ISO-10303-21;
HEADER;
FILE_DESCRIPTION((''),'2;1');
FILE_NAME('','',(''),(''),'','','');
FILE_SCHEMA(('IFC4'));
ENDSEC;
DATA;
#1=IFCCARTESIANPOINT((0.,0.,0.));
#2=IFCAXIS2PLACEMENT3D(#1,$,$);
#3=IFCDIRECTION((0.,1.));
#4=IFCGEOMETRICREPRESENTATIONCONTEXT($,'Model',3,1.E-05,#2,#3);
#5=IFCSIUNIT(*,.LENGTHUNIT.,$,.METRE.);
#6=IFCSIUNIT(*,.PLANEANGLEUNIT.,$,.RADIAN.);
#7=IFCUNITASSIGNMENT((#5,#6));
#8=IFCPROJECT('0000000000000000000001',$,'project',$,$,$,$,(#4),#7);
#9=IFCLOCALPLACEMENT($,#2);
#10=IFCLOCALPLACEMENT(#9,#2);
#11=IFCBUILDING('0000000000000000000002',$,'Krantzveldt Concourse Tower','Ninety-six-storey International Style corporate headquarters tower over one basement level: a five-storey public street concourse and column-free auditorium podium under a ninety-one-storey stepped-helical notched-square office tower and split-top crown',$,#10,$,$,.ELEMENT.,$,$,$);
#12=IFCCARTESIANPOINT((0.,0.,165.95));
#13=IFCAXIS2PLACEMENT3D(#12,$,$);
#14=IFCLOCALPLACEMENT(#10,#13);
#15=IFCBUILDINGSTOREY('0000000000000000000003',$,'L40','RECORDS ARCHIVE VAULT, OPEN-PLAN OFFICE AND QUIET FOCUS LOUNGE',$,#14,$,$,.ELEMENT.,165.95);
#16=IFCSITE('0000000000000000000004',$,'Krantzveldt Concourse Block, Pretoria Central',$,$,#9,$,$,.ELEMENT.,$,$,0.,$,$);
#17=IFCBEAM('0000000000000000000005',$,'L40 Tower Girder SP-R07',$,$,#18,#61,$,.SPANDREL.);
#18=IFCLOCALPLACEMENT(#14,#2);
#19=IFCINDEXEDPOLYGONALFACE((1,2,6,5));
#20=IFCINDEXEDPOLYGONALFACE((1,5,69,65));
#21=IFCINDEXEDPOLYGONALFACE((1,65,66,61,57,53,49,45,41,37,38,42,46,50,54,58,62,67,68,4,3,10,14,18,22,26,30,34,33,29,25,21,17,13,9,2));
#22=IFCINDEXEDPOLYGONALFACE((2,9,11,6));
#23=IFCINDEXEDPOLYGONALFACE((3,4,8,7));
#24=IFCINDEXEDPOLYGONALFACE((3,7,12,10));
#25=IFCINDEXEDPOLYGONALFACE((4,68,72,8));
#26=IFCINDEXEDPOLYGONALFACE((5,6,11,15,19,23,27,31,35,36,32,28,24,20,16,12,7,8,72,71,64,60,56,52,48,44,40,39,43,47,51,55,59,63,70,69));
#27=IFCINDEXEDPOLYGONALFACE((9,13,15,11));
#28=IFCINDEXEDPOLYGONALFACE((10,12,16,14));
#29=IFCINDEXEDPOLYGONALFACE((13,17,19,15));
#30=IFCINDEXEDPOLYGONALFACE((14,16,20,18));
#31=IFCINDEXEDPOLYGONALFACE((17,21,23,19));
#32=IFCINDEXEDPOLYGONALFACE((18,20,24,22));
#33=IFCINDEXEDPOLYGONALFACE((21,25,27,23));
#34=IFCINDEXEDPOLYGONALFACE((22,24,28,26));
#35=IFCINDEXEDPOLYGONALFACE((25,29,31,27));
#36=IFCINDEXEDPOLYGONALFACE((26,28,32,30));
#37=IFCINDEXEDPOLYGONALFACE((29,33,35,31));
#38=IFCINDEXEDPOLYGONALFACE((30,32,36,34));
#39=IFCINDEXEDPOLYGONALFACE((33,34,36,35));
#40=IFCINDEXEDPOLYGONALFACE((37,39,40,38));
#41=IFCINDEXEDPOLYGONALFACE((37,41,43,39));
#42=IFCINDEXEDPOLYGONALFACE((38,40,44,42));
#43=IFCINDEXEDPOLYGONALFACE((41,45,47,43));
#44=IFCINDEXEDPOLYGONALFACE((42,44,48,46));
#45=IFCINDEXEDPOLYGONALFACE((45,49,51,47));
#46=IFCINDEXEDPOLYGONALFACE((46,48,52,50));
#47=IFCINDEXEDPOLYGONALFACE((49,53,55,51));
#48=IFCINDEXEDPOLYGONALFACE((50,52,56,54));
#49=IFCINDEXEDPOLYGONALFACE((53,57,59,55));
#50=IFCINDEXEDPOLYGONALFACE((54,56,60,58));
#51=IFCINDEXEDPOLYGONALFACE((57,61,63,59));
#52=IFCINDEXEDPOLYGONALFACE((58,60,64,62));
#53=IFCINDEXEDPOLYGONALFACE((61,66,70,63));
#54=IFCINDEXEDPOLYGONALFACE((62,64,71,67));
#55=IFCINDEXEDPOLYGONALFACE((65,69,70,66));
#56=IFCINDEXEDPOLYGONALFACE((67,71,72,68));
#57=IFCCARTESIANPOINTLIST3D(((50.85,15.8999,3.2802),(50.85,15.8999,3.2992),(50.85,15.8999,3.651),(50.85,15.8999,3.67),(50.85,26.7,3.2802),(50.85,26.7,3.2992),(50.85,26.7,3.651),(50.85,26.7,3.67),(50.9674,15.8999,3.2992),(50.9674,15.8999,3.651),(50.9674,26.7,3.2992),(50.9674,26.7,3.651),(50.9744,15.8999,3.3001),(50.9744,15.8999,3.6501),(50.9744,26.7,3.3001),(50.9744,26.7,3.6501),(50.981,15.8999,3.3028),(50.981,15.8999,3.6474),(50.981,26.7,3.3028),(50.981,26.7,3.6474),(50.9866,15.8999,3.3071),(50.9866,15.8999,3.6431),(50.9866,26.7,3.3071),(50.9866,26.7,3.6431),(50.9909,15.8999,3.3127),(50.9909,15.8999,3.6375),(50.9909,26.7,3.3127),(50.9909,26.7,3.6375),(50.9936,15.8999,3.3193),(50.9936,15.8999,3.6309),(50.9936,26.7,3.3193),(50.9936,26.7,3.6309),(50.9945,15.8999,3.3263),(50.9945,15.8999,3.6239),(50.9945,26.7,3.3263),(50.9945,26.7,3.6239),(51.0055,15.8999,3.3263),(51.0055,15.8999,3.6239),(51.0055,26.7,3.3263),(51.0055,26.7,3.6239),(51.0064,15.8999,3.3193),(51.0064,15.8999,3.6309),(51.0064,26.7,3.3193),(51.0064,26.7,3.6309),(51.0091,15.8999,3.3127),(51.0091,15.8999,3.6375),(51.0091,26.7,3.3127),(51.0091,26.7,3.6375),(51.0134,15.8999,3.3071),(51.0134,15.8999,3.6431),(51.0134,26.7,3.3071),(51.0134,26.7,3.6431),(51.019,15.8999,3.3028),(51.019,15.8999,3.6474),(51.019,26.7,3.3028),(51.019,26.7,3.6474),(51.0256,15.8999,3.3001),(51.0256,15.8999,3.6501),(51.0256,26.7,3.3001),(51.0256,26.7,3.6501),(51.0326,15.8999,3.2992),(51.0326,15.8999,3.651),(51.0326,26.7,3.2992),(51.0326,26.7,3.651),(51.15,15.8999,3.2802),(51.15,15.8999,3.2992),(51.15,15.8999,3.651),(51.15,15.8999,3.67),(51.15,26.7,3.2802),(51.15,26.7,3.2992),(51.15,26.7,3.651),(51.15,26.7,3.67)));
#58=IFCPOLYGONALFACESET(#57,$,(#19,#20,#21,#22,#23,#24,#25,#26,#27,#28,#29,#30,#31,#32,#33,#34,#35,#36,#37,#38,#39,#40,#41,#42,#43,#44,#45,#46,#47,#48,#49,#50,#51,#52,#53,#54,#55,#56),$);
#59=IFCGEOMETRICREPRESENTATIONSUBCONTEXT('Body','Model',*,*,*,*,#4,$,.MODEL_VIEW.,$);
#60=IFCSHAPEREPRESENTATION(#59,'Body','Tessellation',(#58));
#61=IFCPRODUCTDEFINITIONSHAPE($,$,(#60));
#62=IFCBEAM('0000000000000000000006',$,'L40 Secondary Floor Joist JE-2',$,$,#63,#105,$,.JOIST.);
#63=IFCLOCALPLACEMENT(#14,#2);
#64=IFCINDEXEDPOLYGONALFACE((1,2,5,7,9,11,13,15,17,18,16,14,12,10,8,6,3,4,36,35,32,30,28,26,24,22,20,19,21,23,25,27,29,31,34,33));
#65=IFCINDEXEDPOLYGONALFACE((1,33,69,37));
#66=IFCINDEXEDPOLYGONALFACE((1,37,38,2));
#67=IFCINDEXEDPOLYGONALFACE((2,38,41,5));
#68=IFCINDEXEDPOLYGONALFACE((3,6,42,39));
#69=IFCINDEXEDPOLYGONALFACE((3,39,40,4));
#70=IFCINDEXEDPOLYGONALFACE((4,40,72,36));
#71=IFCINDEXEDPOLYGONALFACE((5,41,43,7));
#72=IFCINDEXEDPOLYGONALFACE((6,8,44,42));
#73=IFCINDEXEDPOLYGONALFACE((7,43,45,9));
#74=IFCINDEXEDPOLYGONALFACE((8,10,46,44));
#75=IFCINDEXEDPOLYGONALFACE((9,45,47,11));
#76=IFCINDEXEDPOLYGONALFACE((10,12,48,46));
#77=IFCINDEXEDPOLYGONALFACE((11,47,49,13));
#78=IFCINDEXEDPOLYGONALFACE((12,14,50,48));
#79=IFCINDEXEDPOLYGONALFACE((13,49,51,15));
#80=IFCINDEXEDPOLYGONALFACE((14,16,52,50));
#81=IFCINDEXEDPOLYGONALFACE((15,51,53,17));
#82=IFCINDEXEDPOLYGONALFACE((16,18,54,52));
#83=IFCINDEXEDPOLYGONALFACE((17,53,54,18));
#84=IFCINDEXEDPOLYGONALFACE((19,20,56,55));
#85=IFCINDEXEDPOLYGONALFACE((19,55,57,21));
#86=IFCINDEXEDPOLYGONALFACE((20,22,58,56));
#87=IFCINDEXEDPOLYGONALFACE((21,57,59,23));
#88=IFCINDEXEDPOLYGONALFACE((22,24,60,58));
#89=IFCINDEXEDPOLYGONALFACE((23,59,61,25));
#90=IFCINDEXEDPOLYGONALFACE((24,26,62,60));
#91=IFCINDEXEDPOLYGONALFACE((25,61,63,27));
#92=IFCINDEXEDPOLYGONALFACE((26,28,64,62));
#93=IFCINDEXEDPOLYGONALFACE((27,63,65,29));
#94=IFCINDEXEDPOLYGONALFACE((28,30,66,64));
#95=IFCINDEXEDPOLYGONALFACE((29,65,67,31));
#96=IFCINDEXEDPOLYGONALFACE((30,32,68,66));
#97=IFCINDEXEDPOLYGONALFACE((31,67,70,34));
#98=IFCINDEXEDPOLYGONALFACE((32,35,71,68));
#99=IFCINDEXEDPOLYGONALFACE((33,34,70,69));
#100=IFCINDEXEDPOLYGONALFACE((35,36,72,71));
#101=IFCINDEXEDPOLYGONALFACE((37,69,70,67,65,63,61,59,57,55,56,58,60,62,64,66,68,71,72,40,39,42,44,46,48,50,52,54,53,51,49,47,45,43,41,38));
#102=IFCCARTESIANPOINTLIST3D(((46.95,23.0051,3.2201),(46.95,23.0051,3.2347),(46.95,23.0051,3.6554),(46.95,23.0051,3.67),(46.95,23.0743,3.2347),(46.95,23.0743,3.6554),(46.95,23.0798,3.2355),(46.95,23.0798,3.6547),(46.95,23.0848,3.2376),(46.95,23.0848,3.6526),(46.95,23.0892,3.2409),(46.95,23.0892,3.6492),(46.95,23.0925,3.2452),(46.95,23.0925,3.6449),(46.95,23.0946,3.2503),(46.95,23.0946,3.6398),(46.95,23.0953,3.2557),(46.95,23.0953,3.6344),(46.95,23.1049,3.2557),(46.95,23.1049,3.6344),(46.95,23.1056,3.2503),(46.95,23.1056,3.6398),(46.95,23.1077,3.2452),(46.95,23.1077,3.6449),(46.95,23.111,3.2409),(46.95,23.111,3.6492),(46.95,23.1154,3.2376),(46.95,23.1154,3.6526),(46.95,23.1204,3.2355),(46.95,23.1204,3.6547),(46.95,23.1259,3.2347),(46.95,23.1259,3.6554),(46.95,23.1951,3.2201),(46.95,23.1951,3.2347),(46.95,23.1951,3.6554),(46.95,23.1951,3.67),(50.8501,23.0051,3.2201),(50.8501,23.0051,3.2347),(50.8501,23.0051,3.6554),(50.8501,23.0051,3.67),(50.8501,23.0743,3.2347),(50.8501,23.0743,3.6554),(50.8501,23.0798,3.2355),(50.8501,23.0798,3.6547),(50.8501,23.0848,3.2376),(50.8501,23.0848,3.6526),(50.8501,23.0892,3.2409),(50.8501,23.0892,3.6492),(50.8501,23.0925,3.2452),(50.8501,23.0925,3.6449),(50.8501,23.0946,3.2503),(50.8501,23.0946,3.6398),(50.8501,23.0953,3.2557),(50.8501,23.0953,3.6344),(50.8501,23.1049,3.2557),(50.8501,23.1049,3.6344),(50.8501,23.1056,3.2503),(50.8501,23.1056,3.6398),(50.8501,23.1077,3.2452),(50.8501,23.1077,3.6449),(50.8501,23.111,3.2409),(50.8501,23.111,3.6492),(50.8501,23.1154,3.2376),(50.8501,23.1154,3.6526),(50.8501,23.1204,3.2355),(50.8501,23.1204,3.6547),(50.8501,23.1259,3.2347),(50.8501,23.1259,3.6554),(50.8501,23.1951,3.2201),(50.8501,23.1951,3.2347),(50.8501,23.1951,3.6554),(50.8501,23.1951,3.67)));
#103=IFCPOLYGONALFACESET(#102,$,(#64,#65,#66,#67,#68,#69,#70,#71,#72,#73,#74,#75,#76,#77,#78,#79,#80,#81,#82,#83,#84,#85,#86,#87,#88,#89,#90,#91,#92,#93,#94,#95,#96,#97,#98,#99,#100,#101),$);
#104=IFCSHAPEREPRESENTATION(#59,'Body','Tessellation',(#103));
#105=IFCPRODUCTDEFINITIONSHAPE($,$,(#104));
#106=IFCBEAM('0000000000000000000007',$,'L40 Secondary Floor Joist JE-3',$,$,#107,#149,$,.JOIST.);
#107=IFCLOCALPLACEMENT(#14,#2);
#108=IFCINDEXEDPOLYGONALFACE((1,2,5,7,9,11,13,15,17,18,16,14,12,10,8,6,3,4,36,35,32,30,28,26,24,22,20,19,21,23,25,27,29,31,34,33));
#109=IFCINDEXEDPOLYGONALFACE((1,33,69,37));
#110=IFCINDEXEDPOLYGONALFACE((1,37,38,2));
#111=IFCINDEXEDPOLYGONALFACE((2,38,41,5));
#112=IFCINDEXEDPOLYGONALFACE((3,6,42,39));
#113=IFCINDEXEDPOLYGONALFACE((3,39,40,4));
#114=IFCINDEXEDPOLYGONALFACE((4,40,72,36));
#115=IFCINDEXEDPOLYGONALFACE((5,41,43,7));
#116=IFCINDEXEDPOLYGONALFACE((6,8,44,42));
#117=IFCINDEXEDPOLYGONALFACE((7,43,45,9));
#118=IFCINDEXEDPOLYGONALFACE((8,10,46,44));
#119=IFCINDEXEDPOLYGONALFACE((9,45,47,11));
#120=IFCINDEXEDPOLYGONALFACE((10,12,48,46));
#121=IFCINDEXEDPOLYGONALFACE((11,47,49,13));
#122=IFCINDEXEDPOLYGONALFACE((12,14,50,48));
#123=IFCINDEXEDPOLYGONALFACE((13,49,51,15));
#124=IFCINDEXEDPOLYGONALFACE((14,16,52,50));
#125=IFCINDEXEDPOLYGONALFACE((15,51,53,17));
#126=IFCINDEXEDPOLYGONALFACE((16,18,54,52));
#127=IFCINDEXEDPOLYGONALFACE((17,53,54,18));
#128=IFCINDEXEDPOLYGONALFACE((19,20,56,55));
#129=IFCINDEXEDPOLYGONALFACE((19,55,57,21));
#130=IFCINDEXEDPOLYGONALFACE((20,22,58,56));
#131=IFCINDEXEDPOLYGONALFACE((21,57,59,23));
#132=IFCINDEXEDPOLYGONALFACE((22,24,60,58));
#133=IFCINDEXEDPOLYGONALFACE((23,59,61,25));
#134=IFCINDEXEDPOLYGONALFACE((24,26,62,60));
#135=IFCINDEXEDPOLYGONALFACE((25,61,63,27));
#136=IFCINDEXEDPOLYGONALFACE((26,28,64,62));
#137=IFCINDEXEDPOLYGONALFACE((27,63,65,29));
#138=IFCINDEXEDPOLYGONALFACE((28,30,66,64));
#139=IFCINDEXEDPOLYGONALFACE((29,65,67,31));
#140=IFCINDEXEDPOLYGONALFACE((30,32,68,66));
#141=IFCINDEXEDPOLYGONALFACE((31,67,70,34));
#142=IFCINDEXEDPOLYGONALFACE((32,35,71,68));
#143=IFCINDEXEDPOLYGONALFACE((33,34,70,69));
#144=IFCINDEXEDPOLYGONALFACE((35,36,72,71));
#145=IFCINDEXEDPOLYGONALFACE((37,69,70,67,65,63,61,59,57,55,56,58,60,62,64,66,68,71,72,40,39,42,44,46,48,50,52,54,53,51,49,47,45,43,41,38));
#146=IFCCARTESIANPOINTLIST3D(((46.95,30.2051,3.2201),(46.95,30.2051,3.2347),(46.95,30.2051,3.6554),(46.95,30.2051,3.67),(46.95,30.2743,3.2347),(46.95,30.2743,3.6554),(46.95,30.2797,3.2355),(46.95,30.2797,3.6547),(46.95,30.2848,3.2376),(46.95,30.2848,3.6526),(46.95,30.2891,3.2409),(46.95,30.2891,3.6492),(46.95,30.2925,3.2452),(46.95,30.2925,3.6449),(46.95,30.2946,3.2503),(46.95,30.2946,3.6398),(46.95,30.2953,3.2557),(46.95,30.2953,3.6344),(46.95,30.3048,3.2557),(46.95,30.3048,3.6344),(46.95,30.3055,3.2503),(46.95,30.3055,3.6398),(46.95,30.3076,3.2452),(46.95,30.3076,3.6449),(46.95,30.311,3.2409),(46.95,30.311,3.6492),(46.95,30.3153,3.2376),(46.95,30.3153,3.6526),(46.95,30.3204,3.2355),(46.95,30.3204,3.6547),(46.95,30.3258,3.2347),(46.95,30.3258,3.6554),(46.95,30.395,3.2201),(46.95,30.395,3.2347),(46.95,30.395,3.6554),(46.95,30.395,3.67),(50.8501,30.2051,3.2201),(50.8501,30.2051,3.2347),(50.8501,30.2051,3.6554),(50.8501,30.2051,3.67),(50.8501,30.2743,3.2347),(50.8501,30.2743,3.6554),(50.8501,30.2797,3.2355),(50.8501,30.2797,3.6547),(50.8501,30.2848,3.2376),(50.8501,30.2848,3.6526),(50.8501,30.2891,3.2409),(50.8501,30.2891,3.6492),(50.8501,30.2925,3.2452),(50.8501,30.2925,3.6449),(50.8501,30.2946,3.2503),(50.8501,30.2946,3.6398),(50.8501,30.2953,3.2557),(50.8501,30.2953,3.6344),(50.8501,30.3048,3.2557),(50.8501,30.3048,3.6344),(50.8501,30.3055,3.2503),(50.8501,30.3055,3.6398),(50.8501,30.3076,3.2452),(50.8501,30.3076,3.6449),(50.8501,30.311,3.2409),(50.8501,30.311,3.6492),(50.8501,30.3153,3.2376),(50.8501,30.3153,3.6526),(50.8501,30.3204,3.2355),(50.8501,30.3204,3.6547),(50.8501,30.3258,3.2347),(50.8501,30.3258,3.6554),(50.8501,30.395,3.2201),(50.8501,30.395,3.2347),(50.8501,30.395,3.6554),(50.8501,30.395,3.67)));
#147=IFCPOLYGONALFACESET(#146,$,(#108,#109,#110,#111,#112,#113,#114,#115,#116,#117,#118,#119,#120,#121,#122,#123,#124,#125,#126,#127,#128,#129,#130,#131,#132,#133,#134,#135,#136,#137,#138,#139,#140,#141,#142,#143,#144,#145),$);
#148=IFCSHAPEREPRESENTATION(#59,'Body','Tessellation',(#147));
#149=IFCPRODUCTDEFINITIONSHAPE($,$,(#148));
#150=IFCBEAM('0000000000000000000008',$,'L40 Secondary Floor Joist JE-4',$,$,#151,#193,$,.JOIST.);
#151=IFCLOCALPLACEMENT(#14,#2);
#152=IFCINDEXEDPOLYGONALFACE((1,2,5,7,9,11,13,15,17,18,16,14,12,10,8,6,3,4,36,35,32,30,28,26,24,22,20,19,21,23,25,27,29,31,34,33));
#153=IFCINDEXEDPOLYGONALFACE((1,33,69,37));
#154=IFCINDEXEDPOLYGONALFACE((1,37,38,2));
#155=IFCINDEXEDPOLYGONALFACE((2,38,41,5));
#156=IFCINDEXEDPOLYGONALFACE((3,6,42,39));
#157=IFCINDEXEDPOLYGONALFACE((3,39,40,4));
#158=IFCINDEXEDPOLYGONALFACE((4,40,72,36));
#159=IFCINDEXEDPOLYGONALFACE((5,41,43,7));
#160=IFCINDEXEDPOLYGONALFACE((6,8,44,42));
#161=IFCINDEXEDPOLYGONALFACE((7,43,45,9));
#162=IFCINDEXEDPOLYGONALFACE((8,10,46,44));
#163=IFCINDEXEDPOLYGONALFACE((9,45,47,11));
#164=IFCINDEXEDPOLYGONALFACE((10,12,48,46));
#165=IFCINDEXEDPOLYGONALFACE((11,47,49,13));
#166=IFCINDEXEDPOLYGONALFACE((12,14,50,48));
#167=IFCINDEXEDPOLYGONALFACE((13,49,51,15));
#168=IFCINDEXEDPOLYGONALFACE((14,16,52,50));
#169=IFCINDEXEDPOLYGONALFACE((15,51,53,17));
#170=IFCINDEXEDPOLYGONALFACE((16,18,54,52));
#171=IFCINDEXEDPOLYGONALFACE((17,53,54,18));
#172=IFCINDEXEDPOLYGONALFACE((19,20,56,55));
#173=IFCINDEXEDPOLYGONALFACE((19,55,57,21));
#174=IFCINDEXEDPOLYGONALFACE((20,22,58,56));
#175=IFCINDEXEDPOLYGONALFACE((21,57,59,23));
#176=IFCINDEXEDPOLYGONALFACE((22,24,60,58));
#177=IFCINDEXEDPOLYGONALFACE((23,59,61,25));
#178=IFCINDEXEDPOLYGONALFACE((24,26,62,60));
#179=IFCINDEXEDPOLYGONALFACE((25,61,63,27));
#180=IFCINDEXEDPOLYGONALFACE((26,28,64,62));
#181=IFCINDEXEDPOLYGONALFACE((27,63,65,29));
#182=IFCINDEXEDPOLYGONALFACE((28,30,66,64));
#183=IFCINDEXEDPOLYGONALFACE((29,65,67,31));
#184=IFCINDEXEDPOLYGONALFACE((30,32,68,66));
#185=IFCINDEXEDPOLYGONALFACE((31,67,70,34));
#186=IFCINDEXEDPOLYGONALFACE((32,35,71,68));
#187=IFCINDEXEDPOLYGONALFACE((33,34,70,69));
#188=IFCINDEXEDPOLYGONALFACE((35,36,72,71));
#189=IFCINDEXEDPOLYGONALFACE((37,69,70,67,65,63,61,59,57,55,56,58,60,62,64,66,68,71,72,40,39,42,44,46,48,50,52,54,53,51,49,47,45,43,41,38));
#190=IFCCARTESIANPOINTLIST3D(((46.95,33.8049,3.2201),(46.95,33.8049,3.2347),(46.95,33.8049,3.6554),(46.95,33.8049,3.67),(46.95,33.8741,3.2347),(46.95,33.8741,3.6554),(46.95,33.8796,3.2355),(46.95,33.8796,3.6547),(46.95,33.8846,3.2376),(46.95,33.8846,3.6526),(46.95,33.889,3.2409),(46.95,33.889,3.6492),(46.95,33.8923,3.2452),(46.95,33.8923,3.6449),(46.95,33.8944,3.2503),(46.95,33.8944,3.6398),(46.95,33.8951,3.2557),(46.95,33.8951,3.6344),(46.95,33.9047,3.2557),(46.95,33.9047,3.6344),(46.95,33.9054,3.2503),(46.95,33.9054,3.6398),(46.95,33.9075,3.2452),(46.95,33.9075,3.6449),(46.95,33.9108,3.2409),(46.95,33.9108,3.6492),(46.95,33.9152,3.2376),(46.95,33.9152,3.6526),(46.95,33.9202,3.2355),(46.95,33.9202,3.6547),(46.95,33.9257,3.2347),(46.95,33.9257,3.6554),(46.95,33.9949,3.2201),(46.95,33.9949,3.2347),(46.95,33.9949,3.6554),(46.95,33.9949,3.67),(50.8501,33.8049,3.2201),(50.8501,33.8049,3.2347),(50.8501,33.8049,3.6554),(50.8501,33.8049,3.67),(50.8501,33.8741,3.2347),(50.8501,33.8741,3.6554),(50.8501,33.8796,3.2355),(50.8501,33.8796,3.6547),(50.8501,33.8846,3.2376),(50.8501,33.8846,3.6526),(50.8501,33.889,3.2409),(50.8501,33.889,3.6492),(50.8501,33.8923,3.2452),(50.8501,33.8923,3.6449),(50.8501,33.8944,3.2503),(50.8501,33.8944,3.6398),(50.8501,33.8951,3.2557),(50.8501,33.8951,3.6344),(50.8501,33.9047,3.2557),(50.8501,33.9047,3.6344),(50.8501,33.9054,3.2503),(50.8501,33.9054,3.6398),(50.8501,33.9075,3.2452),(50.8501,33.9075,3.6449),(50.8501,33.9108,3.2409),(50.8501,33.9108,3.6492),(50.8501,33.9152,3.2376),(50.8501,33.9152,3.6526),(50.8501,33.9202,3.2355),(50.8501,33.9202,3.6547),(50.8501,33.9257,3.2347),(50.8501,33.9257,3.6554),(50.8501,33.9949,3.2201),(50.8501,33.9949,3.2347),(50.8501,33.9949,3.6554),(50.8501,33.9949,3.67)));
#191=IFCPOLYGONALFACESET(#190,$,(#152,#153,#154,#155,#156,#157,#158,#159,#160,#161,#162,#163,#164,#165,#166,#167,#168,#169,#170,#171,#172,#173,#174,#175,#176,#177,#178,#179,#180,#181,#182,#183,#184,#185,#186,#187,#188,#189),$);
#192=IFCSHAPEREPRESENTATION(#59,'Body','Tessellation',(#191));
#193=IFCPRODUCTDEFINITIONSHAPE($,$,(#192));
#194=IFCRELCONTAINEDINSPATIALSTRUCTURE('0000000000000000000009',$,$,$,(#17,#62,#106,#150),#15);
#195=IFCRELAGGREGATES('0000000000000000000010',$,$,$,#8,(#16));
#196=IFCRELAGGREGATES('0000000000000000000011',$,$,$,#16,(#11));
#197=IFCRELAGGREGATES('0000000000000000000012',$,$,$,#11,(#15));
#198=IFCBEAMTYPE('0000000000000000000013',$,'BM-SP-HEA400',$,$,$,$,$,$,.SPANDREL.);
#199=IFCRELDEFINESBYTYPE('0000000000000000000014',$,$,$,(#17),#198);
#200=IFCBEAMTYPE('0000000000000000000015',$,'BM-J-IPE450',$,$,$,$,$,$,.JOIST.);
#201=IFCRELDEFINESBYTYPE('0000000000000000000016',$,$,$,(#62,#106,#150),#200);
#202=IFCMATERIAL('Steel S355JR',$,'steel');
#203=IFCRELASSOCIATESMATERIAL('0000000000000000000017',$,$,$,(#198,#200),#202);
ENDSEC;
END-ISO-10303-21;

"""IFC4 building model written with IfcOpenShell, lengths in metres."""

from ifc_helpers import new_model, si_unit, direction, frame, origin, origin_2d, place, context, subcontext, project, spatial, i_section, extrude, source, transform, mapped, material, material_profile, profile_set, type_object, type_shapes, element, save


model = new_model("IFC4")

# Units and contexts
model_context = context("Model", 3, precision=1e-05, world=origin(), true_north=direction((0.0, 1.0)))
body_context = subcontext(model_context, "Body", "Model", "MODEL_VIEW")
ifc_project = project(units=[si_unit("LENGTHUNIT", "METRE"), si_unit("PLANEANGLEUNIT", "RADIAN")], contexts=[model_context])

# Site, building, storey
site_placement = place(None, origin())
site = spatial("IfcSite", under=ifc_project, at=site_placement, Name="Krantzveldt Concourse Block, Pretoria Central", CompositionType="ELEMENT", RefElevation=0.0)
building_placement = place(site_placement, origin())
building = spatial("IfcBuilding", under=site, at=building_placement, Name="Krantzveldt Concourse Tower", Description="Ninety-six-storey International Style corporate headquarters tower over one basement level: a five-storey public street concourse and column-free auditorium podium under a ninety-one-storey stepped-helical notched-square office tower and split-top crown", CompositionType="ELEMENT")
storey_placement = place(building_placement, frame((0.0, 0.0, 165.95)))
storey = spatial("IfcBuildingStorey", under=building, at=storey_placement, Name="L40", Description="RECORDS ARCHIVE VAULT, OPEN-PLAN OFFICE AND QUIET FOCUS LOUNGE", CompositionType="ELEMENT", Elevation=165.95)

# Beams
ifc_material_1 = material(Name="Steel S355JR", Category="steel")
ifc_material_profile_1 = material_profile(ifc_material_1, i_section(OverallWidth=0.3, OverallDepth=0.3899, WebThickness=0.011, FlangeThickness=0.019, FilletRadius=0.0271, at=origin_2d()), Name="Steel S355JR", Category="steel")
ifc_profile_set_1 = profile_set([ifc_material_profile_1], Name="Steel S355JR - HEA 400")
beam_type_1 = type_object("IfcBeamType", Name="BM-SP-HEA400", PredefinedType="SPANDREL", material=ifc_profile_set_1)
shared_shape_1 = source(origin(), body_context, "Body", "SweptSolid", [
    extrude(i_section(OverallWidth=0.3, OverallDepth=0.3899, WebThickness=0.011, FlangeThickness=0.019, FilletRadius=0.0271, at=origin_2d()), origin(), (0.0, 0.0, 1.0), 10.8),
])
type_shapes(beam_type_1, [shared_shape_1])
for number, where, z_axis, x_axis, name in (
    (1, (51.0, 26.7, 3.4751), (0.0, -1.0, 0.0), (1.0, 0.0, 0.0), "L40 Tower Girder SP-R07"),
):
    element("IfcBeam", number, at=place(storey_placement, frame(where, z_axis=z_axis, x_axis=x_axis)), inside=storey, type_object=beam_type_1, Name=name, PredefinedType="SPANDREL", context=body_context, shape_type="MappedRepresentation", body=[
        mapped(shared_shape_1, transform((0.0, 0.0, 0.0), x_axis=(1.0, 0.0, 0.0), y_axis=(0.0, 1.0, 0.0), z_axis=(0.0, 0.0, 1.0), scale=1.0)),
    ])
ifc_material_profile_2 = material_profile(ifc_material_1, i_section(OverallWidth=0.1899, OverallDepth=0.45, WebThickness=0.0095, FlangeThickness=0.0146, FilletRadius=0.021, at=origin_2d()), Name="Steel S355JR", Category="steel")
ifc_profile_set_2 = profile_set([ifc_material_profile_2], Name="Steel S355JR - IPE 450")
beam_type_2 = type_object("IfcBeamType", Name="BM-J-IPE450", PredefinedType="JOIST", material=ifc_profile_set_2)
shared_shape_2 = source(origin(), body_context, "Body", "SweptSolid", [
    extrude(i_section(OverallWidth=0.1899, OverallDepth=0.45, WebThickness=0.0095, FlangeThickness=0.0146, FilletRadius=0.021, at=origin_2d()), origin(), (0.0, 0.0, 1.0), 3.9001),
])
type_shapes(beam_type_2, [shared_shape_2])
for number, where, z_axis, x_axis, name in (
    (2, (46.95, 23.1001, 3.4451), (1.0, 0.0, 0.0), (0.0, 1.0, 0.0), "L40 Secondary Floor Joist JE-2"),
    (3, (46.95, 30.3, 3.4451), (1.0, 0.0, 0.0), (0.0, 1.0, 0.0), "L40 Secondary Floor Joist JE-3"),
    (4, (46.95, 33.8999, 3.4451), (1.0, 0.0, 0.0), (0.0, 1.0, 0.0), "L40 Secondary Floor Joist JE-4"),
):
    element("IfcBeam", number, at=place(storey_placement, frame(where, z_axis=z_axis, x_axis=x_axis)), inside=storey, type_object=beam_type_2, Name=name, PredefinedType="JOIST", context=body_context, shape_type="MappedRepresentation", body=[
        mapped(shared_shape_2, transform((0.0, 0.0, 0.0), x_axis=(1.0, 0.0, 0.0), y_axis=(0.0, 1.0, 0.0), z_axis=(0.0, 0.0, 1.0), scale=1.0)),
    ])

save(model, "model.ifc")
